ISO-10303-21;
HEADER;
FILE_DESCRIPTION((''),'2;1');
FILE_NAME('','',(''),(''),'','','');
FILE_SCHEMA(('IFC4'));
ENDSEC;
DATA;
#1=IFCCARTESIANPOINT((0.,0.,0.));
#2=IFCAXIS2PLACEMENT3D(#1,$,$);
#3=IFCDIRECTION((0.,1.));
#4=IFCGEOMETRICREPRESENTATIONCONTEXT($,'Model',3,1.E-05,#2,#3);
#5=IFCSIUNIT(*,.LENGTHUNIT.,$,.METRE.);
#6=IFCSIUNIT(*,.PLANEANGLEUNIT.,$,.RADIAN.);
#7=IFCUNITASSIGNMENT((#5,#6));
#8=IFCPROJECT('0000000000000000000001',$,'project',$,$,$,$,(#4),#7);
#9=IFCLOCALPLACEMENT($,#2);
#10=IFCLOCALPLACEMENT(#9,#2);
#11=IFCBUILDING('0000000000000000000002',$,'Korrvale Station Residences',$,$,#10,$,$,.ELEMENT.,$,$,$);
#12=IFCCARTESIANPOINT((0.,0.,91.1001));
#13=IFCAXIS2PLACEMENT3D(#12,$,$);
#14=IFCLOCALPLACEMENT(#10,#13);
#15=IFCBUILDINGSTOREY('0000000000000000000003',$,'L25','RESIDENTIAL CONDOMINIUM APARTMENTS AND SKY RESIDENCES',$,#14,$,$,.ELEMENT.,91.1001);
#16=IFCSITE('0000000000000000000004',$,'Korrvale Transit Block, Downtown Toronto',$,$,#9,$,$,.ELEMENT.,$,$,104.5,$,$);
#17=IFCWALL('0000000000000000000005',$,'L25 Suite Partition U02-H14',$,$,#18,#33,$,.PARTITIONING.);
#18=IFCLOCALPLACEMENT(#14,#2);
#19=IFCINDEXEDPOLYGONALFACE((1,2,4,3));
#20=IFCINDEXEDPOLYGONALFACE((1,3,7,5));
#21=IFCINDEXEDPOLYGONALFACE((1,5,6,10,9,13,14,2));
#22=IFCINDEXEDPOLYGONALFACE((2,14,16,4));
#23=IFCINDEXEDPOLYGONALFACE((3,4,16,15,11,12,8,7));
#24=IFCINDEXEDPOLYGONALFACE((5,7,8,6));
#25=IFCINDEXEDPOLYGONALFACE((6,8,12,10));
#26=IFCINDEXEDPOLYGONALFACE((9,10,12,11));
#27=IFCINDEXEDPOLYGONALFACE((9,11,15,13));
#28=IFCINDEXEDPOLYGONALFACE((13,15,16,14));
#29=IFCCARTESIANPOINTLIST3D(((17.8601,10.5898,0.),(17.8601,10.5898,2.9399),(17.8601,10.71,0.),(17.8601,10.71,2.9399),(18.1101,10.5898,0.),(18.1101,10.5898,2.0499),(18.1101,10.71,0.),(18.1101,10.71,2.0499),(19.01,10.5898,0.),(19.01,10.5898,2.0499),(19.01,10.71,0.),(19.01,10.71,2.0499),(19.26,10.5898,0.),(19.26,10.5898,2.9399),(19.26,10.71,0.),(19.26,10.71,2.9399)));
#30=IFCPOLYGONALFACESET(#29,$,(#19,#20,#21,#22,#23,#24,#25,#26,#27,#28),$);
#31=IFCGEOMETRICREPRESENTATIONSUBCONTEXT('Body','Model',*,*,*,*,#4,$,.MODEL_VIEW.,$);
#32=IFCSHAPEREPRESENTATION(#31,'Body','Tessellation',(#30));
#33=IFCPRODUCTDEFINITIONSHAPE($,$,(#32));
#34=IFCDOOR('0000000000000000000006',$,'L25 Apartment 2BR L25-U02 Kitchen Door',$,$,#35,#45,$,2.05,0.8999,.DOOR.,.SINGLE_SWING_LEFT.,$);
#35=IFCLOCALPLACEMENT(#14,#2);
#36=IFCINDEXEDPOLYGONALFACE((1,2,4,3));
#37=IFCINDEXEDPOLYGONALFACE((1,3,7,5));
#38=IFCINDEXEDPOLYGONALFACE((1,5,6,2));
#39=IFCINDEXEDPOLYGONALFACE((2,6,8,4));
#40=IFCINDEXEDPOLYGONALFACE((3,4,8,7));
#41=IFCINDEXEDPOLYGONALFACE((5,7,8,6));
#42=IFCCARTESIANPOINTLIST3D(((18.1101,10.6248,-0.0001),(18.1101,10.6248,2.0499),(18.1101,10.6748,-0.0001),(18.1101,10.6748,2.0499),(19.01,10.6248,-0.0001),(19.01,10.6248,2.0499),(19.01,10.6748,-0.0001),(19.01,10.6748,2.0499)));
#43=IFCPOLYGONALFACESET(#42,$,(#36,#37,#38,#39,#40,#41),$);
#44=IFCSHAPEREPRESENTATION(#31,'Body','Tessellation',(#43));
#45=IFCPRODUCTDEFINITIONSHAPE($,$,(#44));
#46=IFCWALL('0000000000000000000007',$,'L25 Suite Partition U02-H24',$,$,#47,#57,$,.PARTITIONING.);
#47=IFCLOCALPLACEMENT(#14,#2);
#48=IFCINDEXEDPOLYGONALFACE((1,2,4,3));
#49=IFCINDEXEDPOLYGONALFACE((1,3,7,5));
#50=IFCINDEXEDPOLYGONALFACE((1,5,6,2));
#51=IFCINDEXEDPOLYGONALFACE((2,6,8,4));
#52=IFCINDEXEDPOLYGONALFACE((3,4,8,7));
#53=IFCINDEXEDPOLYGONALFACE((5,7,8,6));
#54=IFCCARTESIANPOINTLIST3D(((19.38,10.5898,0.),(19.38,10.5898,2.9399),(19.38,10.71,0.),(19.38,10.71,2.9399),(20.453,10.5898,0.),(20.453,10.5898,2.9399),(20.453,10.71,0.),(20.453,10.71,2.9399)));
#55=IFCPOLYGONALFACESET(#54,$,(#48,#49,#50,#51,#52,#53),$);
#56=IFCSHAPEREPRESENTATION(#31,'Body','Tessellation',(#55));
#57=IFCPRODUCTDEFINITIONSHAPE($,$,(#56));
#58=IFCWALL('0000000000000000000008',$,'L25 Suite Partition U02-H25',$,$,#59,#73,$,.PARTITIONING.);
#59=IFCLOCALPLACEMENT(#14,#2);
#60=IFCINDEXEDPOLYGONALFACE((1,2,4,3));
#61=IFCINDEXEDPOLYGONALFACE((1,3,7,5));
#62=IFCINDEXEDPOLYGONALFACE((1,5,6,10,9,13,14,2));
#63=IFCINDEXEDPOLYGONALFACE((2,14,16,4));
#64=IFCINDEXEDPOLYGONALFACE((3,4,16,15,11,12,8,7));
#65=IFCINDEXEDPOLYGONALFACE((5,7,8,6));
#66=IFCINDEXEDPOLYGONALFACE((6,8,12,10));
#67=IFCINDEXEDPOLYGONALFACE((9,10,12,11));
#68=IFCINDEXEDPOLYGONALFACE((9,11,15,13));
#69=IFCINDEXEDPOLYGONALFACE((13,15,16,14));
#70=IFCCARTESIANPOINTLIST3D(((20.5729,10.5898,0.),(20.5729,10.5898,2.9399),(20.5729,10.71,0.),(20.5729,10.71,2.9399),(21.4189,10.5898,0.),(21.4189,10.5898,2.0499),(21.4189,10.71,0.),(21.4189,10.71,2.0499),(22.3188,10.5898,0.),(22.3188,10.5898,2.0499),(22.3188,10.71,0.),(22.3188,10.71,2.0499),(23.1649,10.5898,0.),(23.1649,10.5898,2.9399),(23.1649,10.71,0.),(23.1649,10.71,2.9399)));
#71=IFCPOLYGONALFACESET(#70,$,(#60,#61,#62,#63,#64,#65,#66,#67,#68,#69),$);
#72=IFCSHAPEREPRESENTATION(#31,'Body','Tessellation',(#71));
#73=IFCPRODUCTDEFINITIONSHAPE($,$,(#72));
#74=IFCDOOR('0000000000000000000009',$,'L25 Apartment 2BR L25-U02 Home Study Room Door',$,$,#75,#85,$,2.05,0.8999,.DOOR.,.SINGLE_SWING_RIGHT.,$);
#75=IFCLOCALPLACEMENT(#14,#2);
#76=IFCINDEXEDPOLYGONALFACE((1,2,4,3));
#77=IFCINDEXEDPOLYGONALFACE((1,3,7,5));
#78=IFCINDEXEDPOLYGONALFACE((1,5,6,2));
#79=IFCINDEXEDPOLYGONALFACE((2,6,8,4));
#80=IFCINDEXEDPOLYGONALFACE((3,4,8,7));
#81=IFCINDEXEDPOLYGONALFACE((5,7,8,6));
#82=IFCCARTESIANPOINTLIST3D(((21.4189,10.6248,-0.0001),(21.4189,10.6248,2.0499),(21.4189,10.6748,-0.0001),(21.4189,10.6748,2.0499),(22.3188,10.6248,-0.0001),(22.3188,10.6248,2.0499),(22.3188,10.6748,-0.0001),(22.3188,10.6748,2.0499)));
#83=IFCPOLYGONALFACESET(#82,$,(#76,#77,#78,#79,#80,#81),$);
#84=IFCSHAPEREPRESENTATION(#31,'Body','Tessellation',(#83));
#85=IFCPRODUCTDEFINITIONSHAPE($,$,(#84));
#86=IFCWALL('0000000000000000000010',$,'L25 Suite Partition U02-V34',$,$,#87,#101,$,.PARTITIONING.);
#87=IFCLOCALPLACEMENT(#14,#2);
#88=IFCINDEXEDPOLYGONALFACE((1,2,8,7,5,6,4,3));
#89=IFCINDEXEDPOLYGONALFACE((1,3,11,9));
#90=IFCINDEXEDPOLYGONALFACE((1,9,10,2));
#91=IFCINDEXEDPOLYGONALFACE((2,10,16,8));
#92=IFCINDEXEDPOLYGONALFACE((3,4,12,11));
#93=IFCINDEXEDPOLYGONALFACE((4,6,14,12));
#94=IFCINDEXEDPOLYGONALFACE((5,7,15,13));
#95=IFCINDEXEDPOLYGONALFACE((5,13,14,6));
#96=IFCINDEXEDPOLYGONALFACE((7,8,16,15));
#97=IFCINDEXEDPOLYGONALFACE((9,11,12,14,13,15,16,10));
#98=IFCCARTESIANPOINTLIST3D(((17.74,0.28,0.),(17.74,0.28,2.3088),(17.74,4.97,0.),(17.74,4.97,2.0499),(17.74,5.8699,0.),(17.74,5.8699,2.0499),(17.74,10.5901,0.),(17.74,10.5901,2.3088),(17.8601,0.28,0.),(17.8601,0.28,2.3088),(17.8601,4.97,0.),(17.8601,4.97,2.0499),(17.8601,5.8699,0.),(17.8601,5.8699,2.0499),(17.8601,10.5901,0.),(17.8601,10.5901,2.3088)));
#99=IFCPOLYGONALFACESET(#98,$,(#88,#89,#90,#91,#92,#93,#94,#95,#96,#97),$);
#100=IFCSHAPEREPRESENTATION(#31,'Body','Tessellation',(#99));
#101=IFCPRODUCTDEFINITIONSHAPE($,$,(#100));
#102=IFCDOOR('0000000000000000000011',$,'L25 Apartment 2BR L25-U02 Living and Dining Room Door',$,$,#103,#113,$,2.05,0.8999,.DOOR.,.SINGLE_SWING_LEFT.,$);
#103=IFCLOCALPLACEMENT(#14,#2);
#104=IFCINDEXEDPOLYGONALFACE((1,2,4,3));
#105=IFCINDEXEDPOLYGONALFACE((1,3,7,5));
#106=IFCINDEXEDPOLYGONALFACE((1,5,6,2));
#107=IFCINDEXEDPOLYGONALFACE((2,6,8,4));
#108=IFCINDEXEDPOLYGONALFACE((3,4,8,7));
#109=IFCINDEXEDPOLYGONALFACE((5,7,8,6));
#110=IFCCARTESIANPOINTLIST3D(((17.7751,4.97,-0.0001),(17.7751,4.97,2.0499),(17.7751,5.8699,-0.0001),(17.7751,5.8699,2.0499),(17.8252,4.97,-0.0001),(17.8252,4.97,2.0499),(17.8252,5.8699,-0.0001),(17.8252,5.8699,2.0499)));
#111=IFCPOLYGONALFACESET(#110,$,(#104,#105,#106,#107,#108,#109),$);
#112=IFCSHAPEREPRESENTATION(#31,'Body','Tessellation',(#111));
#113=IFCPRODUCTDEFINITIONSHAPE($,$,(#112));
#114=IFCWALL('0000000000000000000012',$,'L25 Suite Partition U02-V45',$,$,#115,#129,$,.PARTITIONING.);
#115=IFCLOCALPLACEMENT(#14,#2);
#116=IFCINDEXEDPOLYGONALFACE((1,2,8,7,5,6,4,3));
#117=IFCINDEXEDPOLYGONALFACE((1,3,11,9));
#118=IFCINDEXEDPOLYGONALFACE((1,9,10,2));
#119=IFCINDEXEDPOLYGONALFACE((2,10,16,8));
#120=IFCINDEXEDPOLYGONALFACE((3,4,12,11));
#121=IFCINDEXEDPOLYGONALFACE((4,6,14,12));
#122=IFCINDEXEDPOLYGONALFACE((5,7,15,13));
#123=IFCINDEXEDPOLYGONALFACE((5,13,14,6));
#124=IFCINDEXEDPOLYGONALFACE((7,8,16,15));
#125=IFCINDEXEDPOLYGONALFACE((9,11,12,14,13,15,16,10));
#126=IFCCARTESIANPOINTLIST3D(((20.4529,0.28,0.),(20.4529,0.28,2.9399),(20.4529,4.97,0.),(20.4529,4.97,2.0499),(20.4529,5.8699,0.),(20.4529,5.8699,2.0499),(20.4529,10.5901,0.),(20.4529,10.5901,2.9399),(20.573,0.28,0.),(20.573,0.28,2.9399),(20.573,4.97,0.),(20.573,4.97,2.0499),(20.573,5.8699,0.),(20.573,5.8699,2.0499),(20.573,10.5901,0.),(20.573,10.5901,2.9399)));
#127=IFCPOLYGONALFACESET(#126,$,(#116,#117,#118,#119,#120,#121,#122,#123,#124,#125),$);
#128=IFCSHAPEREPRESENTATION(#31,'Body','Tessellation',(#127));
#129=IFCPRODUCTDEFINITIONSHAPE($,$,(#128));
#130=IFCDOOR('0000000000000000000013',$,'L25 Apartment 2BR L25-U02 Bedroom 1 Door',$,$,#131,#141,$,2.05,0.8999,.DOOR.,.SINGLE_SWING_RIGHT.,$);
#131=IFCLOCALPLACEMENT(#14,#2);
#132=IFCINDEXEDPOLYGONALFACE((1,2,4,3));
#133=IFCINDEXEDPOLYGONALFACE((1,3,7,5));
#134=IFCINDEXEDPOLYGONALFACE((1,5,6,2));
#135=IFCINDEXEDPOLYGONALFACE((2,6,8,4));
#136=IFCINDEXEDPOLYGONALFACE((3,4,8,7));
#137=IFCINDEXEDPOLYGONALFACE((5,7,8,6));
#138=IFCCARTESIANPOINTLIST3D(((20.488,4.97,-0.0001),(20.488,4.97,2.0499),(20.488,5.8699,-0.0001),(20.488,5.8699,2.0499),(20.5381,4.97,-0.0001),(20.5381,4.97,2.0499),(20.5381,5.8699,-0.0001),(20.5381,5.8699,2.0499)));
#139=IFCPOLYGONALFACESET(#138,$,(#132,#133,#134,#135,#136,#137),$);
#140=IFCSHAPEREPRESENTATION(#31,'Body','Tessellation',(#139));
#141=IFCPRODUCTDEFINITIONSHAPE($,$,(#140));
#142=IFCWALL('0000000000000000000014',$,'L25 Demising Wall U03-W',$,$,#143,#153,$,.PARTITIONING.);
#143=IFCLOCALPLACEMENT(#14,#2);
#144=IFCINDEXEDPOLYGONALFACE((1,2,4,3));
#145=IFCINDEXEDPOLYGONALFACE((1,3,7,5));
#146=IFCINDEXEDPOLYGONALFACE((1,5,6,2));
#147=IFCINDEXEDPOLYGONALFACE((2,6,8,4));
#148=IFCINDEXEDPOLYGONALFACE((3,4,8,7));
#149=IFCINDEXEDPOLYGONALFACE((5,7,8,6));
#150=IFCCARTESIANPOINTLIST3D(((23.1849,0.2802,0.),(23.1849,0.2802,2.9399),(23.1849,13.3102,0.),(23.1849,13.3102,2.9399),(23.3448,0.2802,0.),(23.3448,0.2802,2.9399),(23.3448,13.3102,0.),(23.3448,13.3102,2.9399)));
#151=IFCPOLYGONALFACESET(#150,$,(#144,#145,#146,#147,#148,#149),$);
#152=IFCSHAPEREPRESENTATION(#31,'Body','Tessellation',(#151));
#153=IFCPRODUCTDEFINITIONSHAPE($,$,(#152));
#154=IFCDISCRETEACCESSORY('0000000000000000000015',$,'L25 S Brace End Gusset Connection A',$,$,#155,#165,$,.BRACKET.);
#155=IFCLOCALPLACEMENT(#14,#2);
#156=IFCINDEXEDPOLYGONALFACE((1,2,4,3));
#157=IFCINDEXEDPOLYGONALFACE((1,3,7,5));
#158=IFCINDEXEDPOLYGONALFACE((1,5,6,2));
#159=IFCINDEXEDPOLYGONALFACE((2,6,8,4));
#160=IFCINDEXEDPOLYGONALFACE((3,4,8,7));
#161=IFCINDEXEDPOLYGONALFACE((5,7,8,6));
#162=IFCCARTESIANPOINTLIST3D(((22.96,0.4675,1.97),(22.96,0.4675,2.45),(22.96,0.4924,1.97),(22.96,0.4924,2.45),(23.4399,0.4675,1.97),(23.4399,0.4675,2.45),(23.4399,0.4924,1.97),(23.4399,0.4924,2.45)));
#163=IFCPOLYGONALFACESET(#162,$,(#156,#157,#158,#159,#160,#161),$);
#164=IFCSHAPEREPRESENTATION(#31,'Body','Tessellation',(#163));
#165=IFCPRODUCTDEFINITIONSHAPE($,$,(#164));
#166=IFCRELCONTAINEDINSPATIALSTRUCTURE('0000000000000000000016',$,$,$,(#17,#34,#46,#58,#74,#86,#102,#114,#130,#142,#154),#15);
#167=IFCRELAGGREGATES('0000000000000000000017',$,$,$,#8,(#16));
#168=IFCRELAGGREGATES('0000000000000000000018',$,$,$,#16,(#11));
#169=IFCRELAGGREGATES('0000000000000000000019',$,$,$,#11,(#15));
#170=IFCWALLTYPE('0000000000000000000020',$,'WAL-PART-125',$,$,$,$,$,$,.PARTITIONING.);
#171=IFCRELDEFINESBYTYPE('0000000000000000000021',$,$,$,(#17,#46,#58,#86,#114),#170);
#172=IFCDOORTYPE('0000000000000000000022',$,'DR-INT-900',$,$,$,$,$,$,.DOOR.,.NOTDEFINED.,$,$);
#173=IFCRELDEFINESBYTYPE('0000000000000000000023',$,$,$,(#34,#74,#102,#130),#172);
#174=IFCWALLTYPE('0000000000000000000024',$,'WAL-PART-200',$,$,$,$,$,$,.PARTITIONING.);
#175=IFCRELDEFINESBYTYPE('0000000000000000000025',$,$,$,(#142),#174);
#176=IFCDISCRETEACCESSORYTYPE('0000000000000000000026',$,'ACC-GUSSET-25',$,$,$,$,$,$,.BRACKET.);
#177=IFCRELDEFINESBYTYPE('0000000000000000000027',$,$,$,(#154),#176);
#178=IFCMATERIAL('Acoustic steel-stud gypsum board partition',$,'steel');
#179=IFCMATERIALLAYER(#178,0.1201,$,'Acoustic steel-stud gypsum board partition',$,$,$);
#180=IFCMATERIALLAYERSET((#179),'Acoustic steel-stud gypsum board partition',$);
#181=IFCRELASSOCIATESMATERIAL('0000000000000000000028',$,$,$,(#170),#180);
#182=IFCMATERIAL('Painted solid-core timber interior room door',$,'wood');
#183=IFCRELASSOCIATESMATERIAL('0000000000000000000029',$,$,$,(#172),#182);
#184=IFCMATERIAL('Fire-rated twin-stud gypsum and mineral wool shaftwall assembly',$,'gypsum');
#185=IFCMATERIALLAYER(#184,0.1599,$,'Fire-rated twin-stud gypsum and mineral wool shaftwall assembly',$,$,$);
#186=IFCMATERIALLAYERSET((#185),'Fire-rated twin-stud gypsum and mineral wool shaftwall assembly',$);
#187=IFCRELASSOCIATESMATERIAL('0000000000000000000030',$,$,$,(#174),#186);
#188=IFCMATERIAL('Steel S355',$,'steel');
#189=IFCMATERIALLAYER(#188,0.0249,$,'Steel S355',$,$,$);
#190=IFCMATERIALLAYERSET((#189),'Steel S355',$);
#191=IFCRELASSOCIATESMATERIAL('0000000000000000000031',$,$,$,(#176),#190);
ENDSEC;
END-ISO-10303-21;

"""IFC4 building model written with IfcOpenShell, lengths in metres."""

from ifc_helpers import new_model, si_unit, direction, frame, frame_2d, origin, origin_2d, place, context, subcontext, project, spatial, rectangle, extrude, material, layer, layer_set, type_object, element, fill, save


model = new_model("IFC4")

# Units and contexts
model_context = context("Model", 3, precision=1e-05, world=origin(), true_north=direction((0.0, 1.0)))
body_context = subcontext(model_context, "Body", "Model", "MODEL_VIEW")
ifc_project = project(units=[si_unit("LENGTHUNIT", "METRE"), si_unit("PLANEANGLEUNIT", "RADIAN")], contexts=[model_context])

# Site, building, storey
site_placement = place(None, origin())
site = spatial("IfcSite", under=ifc_project, at=site_placement, Name="Korrvale Transit Block, Downtown Toronto", CompositionType="ELEMENT", RefElevation=104.5)
building_placement = place(site_placement, origin())
building = spatial("IfcBuilding", under=site, at=building_placement, Name="Korrvale Station Residences", CompositionType="ELEMENT")
storey_placement = place(building_placement, frame((0.0, 0.0, 91.1001)))
storey = spatial("IfcBuildingStorey", under=building, at=storey_placement, Name="L25", Description="RESIDENTIAL CONDOMINIUM APARTMENTS AND SKY RESIDENCES", CompositionType="ELEMENT", Elevation=91.1001)

# Shared definitions
ifc_material_1 = material(Name="Steel S355", Category="steel")

# Wall, opening, door
ifc_material_2 = material(Name="Acoustic steel-stud gypsum board partition", Category="steel")
ifc_layer_1 = layer(ifc_material_2, 0.1201, Name="Acoustic steel-stud gypsum board partition")
ifc_layer_set_1 = layer_set([ifc_layer_1], Name="Acoustic steel-stud gypsum board partition")
wall_type_1 = type_object("IfcWallType", Name="WAL-PART-125", PredefinedType="PARTITIONING", material=ifc_layer_set_1)
ifc_material_3 = material(Name="Painted solid-core timber interior room door", Category="wood")
door_type_1 = type_object("IfcDoorType", Name="DR-INT-900", OperationType="NOTDEFINED", PredefinedType="DOOR", material=ifc_material_3)
wall_1_placement = place(storey_placement, frame((17.8601, 10.6499, 0.0), z_axis=(0.0, 0.0, 1.0), x_axis=(1.0, 0.0, 0.0)))
wall_1 = element("IfcWall", 1, at=wall_1_placement, inside=storey, type_object=wall_type_1, Name="L25 Suite Partition U02-H14", PredefinedType="PARTITIONING", context=body_context, shape_type="SweptSolid", body=[
    extrude(rectangle(XDim=1.3999, YDim=0.1201, at=frame_2d((0.7, 0.0))), origin(), (0.0, 0.0, 1.0), 2.9399),
])
opening_1_placement = place(wall_1_placement, frame((0.25, 0.0, 0.0)))
opening_1 = element("IfcOpeningElement", 2, at=opening_1_placement, cuts=wall_1, PredefinedType="OPENING", context=body_context, shape_type="SweptSolid", body=[
    extrude(rectangle(XDim=0.8999, YDim=2.05, at=frame_2d((0.45, 1.0249))), frame((0.0, 0.0701, 0.0), z_axis=(0.0, -1.0, 0.0), x_axis=(1.0, 0.0, 0.0)), (0.0, 0.0, 1.0), 0.1401),
])
door_1_placement = place(opening_1_placement, origin())
door_1 = element("IfcDoor", 3, at=door_1_placement, inside=storey, type_object=door_type_1, Name="L25 Apartment 2BR L25-U02 Kitchen Door", OperationType="SINGLE_SWING_LEFT", OverallHeight=2.05, OverallWidth=0.8999, PredefinedType="DOOR", context=body_context, shape_type="SweptSolid", body=[
    extrude(rectangle(XDim=0.8999, YDim=2.05, at=frame_2d((0.45, 1.0249))), frame((0.0, 0.0249, 0.0), z_axis=(0.0, -1.0, 0.0), x_axis=(1.0, 0.0, 0.0)), (0.0, 0.0, 1.0), 0.05),
])
fill(opening_1, door_1)

# Wall
wall_2_placement = place(storey_placement, frame((19.3799, 10.6499, 0.0), z_axis=(0.0, 0.0, 1.0), x_axis=(1.0, 0.0, 0.0)))
element("IfcWall", 4, at=wall_2_placement, inside=storey, type_object=wall_type_1, Name="L25 Suite Partition U02-H24", PredefinedType="PARTITIONING", context=body_context, shape_type="SweptSolid", body=[
    extrude(rectangle(XDim=1.073, YDim=0.1201, at=frame_2d((0.5366, 0.0))), origin(), (0.0, 0.0, 1.0), 2.9399),
])

# Walls, openings, doors
wall_3_placement = place(storey_placement, frame((20.573, 10.6499, 0.0), z_axis=(0.0, 0.0, 1.0), x_axis=(1.0, 0.0, 0.0)))
wall_3 = element("IfcWall", 5, at=wall_3_placement, inside=storey, type_object=wall_type_1, Name="L25 Suite Partition U02-H25", PredefinedType="PARTITIONING", context=body_context, shape_type="SweptSolid", body=[
    extrude(rectangle(XDim=2.592, YDim=0.1201, at=frame_2d((1.2959, 0.0))), origin(), (0.0, 0.0, 1.0), 2.9399),
])
opening_2_placement = place(wall_3_placement, frame((0.8459, 0.0, 0.0)))
opening_2 = element("IfcOpeningElement", 6, at=opening_2_placement, cuts=wall_3, PredefinedType="OPENING", context=body_context, shape_type="SweptSolid", body=[
    extrude(rectangle(XDim=0.8999, YDim=2.05, at=frame_2d((0.45, 1.0249))), frame((0.0, 0.0701, 0.0), z_axis=(0.0, -1.0, 0.0), x_axis=(1.0, 0.0, 0.0)), (0.0, 0.0, 1.0), 0.1401),
])
door_2_placement = place(opening_2_placement, origin())
door_2 = element("IfcDoor", 7, at=door_2_placement, inside=storey, type_object=door_type_1, Name="L25 Apartment 2BR L25-U02 Home Study Room Door", OperationType="SINGLE_SWING_RIGHT", OverallHeight=2.05, OverallWidth=0.8999, PredefinedType="DOOR", context=body_context, shape_type="SweptSolid", body=[
    extrude(rectangle(XDim=0.8999, YDim=2.05, at=frame_2d((0.45, 1.0249))), frame((0.0, 0.0249, 0.0), z_axis=(0.0, -1.0, 0.0), x_axis=(1.0, 0.0, 0.0)), (0.0, 0.0, 1.0), 0.05),
])
fill(opening_2, door_2)
wall_4_placement = place(storey_placement, frame((17.8, 0.28, 0.0), z_axis=(0.0, 0.0, 1.0), x_axis=(0.0, 1.0, 0.0)))
wall_4 = element("IfcWall", 8, at=wall_4_placement, inside=storey, type_object=wall_type_1, Name="L25 Suite Partition U02-V34", PredefinedType="PARTITIONING", context=body_context, shape_type="SweptSolid", body=[
    extrude(rectangle(XDim=10.3101, YDim=0.1201, at=frame_2d((5.155, 0.0))), origin(), (0.0, 0.0, 1.0), 2.3088),
])
opening_3_placement = place(wall_4_placement, frame((4.6899, 0.0, 0.0)))
opening_3 = element("IfcOpeningElement", 9, at=opening_3_placement, cuts=wall_4, PredefinedType="OPENING", context=body_context, shape_type="SweptSolid", body=[
    extrude(rectangle(XDim=0.8999, YDim=2.05, at=frame_2d((0.45, 1.0249))), frame((0.0, 0.0701, 0.0), z_axis=(0.0, -1.0, 0.0), x_axis=(1.0, 0.0, 0.0)), (0.0, 0.0, 1.0), 0.1401),
])
door_3_placement = place(opening_3_placement, origin())
door_3 = element("IfcDoor", 10, at=door_3_placement, inside=storey, type_object=door_type_1, Name="L25 Apartment 2BR L25-U02 Living and Dining Room Door", OperationType="SINGLE_SWING_LEFT", OverallHeight=2.05, OverallWidth=0.8999, PredefinedType="DOOR", context=body_context, shape_type="SweptSolid", body=[
    extrude(rectangle(XDim=0.8999, YDim=2.05, at=frame_2d((0.45, 1.0249))), frame((0.0, 0.0249, 0.0), z_axis=(0.0, -1.0, 0.0), x_axis=(1.0, 0.0, 0.0)), (0.0, 0.0, 1.0), 0.05),
])
fill(opening_3, door_3)
wall_5_placement = place(storey_placement, frame((20.5129, 0.28, 0.0), z_axis=(0.0, 0.0, 1.0), x_axis=(0.0, 1.0, 0.0)))
wall_5 = element("IfcWall", 11, at=wall_5_placement, inside=storey, type_object=wall_type_1, Name="L25 Suite Partition U02-V45", PredefinedType="PARTITIONING", context=body_context, shape_type="SweptSolid", body=[
    extrude(rectangle(XDim=10.3101, YDim=0.1201, at=frame_2d((5.155, 0.0))), origin(), (0.0, 0.0, 1.0), 2.9399),
])
opening_4_placement = place(wall_5_placement, frame((4.6899, 0.0, 0.0)))
opening_4 = element("IfcOpeningElement", 12, at=opening_4_placement, cuts=wall_5, PredefinedType="OPENING", context=body_context, shape_type="SweptSolid", body=[
    extrude(rectangle(XDim=0.8999, YDim=2.05, at=frame_2d((0.45, 1.0249))), frame((0.0, 0.0701, 0.0), z_axis=(0.0, -1.0, 0.0), x_axis=(1.0, 0.0, 0.0)), (0.0, 0.0, 1.0), 0.1401),
])
door_4_placement = place(opening_4_placement, origin())
door_4 = element("IfcDoor", 13, at=door_4_placement, inside=storey, type_object=door_type_1, Name="L25 Apartment 2BR L25-U02 Bedroom 1 Door", OperationType="SINGLE_SWING_RIGHT", OverallHeight=2.05, OverallWidth=0.8999, PredefinedType="DOOR", context=body_context, shape_type="SweptSolid", body=[
    extrude(rectangle(XDim=0.8999, YDim=2.05, at=frame_2d((0.45, 1.0249))), frame((0.0, 0.0249, 0.0), z_axis=(0.0, -1.0, 0.0), x_axis=(1.0, 0.0, 0.0)), (0.0, 0.0, 1.0), 0.05),
])
fill(opening_4, door_4)

# Wall
ifc_material_4 = material(Name="Fire-rated twin-stud gypsum and mineral wool shaftwall assembly", Category="gypsum")
ifc_layer_2 = layer(ifc_material_4, 0.1599, Name="Fire-rated twin-stud gypsum and mineral wool shaftwall assembly")
ifc_layer_set_2 = layer_set([ifc_layer_2], Name="Fire-rated twin-stud gypsum and mineral wool shaftwall assembly")
wall_type_2 = type_object("IfcWallType", Name="WAL-PART-200", PredefinedType="PARTITIONING", material=ifc_layer_set_2)
wall_6_placement = place(storey_placement, frame((23.2649, 0.28, 0.0), z_axis=(0.0, 0.0, 1.0), x_axis=(0.0, 1.0, 0.0)))
element("IfcWall", 14, at=wall_6_placement, inside=storey, type_object=wall_type_2, Name="L25 Demising Wall U03-W", PredefinedType="PARTITIONING", context=body_context, shape_type="SweptSolid", body=[
    extrude(rectangle(XDim=13.03, YDim=0.1599, at=frame_2d((6.5151, 0.0))), origin(), (0.0, 0.0, 1.0), 2.9399),
])

# Discrete accessory
ifc_layer_3 = layer(ifc_material_1, 0.0249, Name="Steel S355")
ifc_layer_set_3 = layer_set([ifc_layer_3], Name="Steel S355")
discrete_accessory_type = type_object("IfcDiscreteAccessoryType", Name="ACC-GUSSET-25", PredefinedType="BRACKET", material=ifc_layer_set_3)
discrete_accessory_placement = place(storey_placement, frame((23.2, 0.48, 1.97), z_axis=(0.0, 0.0, 1.0), x_axis=(1.0, 0.0, 0.0)))
element("IfcDiscreteAccessory", 15, at=discrete_accessory_placement, inside=storey, type_object=discrete_accessory_type, Name="L25 S Brace End Gusset Connection A", PredefinedType="BRACKET", context=body_context, shape_type="SweptSolid", body=[
    extrude(rectangle(XDim=0.48, YDim=0.0249, at=origin_2d()), origin(), (0.0, 0.0, 1.0), 0.48),
])

save(model, "model.ifc")
